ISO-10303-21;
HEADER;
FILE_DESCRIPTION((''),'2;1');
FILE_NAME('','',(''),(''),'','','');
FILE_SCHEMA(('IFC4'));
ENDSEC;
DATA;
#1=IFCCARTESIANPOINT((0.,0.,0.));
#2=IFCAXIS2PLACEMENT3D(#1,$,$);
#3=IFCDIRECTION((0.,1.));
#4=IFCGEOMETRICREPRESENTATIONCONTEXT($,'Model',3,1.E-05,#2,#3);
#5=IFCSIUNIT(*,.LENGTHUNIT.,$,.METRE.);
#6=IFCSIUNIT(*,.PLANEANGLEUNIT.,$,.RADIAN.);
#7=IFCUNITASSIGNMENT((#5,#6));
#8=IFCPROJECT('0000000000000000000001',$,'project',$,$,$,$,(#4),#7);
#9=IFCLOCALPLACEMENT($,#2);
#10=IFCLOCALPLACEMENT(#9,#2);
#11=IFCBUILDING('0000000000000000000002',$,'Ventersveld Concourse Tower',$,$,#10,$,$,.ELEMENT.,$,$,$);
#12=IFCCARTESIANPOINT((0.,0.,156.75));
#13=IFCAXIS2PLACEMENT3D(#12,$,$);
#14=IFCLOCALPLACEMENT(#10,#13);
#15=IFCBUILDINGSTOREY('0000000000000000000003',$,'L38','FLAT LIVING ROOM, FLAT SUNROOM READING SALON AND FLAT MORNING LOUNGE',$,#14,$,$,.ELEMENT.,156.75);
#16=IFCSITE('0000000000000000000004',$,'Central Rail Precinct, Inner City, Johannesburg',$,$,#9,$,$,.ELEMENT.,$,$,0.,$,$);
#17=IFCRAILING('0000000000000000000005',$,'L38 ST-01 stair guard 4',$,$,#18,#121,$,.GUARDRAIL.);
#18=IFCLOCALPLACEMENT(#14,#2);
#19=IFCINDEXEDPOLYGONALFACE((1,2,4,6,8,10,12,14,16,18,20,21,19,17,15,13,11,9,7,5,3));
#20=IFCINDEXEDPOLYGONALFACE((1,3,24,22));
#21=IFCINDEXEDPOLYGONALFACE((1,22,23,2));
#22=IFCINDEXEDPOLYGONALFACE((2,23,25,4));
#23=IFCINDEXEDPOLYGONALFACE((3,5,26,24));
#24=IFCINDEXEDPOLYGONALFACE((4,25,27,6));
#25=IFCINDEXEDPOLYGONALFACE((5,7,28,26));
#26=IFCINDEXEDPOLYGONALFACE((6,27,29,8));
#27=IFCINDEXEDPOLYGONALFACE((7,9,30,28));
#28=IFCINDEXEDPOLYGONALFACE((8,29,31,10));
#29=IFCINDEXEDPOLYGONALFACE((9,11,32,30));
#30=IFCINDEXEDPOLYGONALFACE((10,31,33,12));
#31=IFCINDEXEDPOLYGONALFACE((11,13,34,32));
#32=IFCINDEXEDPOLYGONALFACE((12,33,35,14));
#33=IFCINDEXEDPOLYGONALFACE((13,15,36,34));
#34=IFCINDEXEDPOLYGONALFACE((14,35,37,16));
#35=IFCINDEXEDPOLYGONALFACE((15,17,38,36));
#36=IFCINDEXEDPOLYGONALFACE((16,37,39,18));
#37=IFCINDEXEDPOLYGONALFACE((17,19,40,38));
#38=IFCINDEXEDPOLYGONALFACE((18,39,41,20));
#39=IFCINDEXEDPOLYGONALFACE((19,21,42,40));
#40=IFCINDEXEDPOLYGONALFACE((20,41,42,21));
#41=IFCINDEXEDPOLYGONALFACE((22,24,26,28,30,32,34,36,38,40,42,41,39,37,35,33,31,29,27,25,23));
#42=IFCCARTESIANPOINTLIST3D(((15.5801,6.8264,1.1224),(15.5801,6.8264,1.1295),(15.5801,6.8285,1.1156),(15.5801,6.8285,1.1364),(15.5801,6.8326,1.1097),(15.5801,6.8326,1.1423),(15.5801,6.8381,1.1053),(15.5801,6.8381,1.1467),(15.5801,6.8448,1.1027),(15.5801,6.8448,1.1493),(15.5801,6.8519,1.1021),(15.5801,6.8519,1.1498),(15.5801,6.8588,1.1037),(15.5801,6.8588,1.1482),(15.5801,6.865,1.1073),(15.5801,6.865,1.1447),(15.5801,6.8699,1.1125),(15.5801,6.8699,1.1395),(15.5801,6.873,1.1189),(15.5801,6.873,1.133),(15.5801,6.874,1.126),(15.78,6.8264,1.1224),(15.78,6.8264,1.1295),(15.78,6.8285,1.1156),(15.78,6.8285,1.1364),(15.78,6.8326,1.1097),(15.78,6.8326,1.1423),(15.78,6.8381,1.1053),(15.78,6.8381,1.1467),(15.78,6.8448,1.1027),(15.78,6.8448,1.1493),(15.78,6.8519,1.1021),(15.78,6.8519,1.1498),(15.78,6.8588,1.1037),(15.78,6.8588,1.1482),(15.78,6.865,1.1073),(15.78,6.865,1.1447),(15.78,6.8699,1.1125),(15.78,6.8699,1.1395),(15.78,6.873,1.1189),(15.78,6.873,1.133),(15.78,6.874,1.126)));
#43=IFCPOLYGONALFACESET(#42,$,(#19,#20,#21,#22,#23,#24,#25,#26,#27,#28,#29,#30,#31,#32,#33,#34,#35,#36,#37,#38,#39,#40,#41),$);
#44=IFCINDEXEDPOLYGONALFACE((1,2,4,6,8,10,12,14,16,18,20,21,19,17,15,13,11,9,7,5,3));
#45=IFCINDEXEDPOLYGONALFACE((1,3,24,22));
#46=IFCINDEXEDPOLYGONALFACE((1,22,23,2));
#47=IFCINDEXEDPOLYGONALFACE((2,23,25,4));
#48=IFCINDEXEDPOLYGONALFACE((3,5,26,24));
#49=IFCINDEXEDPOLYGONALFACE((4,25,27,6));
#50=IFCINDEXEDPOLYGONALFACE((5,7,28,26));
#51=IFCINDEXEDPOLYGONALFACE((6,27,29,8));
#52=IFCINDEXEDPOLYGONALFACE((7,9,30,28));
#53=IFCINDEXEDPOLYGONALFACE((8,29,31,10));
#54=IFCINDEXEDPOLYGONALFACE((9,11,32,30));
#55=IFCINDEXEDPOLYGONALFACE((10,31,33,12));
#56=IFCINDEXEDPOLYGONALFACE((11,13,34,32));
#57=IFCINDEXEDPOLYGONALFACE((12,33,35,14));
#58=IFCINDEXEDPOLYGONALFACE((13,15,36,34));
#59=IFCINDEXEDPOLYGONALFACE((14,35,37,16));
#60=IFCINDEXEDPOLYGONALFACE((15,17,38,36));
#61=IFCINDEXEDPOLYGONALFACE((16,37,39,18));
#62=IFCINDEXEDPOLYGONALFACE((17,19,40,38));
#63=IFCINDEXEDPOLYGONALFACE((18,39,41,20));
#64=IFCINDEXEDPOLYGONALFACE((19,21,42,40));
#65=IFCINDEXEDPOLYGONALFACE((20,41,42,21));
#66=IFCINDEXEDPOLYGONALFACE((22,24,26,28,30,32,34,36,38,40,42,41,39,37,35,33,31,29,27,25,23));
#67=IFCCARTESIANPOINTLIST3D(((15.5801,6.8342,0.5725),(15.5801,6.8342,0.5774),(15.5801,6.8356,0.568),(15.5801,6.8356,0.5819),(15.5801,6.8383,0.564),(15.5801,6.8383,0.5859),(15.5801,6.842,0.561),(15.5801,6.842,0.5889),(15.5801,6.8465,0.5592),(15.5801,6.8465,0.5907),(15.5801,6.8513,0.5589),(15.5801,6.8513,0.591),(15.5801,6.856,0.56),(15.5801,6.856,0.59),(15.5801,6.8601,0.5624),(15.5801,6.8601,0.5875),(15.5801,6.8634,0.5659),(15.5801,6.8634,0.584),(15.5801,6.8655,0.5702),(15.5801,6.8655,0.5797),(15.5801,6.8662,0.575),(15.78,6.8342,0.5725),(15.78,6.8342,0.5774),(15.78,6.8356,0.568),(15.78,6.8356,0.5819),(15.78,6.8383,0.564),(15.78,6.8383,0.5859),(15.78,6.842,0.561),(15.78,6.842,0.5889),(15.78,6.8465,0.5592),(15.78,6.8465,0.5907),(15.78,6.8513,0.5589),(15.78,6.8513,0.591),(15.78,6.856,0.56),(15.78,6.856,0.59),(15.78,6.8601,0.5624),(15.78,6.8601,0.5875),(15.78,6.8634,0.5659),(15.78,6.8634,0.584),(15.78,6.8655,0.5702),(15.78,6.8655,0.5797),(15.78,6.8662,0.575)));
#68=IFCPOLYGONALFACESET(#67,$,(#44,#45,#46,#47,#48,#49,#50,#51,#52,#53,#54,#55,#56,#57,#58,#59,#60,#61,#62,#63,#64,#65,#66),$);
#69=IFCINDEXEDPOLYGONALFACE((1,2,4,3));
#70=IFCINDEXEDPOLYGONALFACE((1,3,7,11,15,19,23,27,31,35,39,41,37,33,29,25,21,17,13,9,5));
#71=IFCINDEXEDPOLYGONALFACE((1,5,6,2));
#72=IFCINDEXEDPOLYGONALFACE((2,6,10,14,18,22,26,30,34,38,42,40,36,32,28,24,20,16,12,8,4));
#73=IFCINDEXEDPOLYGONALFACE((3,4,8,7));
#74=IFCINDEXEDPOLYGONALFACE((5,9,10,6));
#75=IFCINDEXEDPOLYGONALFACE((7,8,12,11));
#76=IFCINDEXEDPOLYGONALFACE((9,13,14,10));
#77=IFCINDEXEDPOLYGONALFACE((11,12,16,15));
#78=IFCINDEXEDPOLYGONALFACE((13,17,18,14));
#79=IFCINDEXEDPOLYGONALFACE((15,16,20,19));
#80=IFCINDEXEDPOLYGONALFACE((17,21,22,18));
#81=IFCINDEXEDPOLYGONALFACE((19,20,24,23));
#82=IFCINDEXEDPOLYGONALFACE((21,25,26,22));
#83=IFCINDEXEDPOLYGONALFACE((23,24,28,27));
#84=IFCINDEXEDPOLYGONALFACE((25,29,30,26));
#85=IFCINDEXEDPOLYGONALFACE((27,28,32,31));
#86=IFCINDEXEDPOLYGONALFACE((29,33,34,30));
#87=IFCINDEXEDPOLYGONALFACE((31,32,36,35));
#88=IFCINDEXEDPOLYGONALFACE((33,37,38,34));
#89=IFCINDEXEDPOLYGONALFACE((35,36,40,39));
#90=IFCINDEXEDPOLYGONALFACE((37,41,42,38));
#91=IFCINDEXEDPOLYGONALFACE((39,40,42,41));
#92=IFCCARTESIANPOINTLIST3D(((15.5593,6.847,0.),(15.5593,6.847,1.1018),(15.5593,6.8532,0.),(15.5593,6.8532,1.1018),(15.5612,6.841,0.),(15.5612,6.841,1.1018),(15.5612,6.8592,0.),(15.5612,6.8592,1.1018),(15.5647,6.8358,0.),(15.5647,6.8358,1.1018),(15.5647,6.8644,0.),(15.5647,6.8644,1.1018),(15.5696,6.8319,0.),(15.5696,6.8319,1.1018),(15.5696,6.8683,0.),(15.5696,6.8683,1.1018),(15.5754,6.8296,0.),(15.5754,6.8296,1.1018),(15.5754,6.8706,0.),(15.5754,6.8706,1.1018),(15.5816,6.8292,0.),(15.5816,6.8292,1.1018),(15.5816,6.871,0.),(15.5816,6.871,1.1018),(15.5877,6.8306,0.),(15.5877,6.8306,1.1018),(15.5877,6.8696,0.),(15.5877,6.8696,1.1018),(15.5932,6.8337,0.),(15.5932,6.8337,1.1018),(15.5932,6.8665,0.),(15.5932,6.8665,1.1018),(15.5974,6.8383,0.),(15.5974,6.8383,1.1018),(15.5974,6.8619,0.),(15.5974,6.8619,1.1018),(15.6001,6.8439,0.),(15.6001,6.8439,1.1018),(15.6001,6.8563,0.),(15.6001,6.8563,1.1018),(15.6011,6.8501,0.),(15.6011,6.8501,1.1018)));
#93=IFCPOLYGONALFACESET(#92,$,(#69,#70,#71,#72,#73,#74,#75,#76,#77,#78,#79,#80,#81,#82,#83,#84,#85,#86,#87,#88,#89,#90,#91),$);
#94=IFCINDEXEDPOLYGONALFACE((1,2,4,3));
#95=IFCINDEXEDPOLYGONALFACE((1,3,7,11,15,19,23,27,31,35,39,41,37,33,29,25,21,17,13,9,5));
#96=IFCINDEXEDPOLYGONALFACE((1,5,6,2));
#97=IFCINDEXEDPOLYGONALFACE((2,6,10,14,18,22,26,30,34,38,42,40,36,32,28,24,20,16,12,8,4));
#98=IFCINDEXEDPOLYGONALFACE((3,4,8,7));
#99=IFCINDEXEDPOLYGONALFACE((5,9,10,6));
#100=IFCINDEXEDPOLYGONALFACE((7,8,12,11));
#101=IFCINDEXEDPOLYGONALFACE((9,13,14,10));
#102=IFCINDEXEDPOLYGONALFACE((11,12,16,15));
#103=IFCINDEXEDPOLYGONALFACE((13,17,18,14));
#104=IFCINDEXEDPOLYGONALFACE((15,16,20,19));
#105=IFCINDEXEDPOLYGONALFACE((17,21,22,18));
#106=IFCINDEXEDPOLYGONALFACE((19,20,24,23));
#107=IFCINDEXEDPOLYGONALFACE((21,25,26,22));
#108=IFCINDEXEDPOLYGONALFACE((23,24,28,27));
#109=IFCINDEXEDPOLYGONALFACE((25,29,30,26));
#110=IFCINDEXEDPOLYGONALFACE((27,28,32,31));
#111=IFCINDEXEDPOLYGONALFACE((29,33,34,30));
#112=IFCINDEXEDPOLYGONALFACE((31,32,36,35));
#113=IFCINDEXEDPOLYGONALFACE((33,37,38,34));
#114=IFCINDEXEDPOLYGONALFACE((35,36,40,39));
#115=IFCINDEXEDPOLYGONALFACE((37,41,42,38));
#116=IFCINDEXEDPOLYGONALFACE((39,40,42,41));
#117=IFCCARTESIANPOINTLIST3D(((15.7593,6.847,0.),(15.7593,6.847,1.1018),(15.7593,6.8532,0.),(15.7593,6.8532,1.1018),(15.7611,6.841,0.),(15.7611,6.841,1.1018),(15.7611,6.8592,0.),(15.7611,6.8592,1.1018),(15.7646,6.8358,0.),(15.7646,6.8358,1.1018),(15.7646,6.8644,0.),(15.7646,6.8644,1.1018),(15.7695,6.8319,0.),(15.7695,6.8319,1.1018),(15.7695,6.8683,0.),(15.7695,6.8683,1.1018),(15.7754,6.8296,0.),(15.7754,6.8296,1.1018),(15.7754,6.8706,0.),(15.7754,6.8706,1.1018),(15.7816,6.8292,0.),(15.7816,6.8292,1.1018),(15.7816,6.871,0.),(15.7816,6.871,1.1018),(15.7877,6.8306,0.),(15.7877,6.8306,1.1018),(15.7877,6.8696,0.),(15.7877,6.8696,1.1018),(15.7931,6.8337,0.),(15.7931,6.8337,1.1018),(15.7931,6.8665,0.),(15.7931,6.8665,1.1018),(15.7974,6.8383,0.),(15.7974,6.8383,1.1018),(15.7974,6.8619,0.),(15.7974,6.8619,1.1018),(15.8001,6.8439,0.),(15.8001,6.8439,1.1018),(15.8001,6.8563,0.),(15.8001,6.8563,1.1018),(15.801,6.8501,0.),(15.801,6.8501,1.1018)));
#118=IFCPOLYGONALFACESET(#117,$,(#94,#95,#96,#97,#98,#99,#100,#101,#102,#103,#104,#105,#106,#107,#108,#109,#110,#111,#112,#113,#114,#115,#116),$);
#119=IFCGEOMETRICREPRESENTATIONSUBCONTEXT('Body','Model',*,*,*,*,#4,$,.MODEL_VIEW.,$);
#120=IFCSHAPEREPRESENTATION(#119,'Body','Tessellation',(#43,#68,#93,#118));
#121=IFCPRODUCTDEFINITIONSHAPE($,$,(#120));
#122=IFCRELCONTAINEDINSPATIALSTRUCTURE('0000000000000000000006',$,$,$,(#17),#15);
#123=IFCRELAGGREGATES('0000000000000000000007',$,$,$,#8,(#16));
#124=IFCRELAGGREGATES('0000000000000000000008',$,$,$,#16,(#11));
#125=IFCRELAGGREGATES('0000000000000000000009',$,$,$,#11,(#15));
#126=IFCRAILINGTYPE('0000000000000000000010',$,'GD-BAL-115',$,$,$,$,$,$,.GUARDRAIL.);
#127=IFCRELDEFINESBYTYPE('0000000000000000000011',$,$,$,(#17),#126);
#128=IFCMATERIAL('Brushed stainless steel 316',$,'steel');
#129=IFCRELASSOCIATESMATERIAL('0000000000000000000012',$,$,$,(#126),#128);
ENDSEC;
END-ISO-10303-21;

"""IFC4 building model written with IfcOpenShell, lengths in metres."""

from ifc_helpers import new_model, si_unit, direction, frame, origin, origin_2d, place, context, subcontext, project, spatial, circle, extrude, material, type_object, element, save


model = new_model("IFC4")

# Units and contexts
model_context = context("Model", 3, precision=1e-05, world=origin(), true_north=direction((0.0, 1.0)))
body_context = subcontext(model_context, "Body", "Model", "MODEL_VIEW")
ifc_project = project(units=[si_unit("LENGTHUNIT", "METRE"), si_unit("PLANEANGLEUNIT", "RADIAN")], contexts=[model_context])

# Site, building, storey
site_placement = place(None, origin())
site = spatial("IfcSite", under=ifc_project, at=site_placement, Name="Central Rail Precinct, Inner City, Johannesburg", CompositionType="ELEMENT", RefElevation=0.0)
building_placement = place(site_placement, origin())
building = spatial("IfcBuilding", under=site, at=building_placement, Name="Ventersveld Concourse Tower", CompositionType="ELEMENT")
storey_placement = place(building_placement, frame((0.0, 0.0, 156.75)))
storey = spatial("IfcBuildingStorey", under=building, at=storey_placement, Name="L38", Description="FLAT LIVING ROOM, FLAT SUNROOM READING SALON AND FLAT MORNING LOUNGE", CompositionType="ELEMENT", Elevation=156.75)

# Shared definitions
ifc_material_1 = material(Name="Brushed stainless steel 316", Category="steel")

# Railing
railing_type_1 = type_object("IfcRailingType", Name="GD-BAL-115", PredefinedType="GUARDRAIL", material=ifc_material_1)
railing_1_placement = place(storey_placement, frame((15.5801, 6.8501, 0.0)))
element("IfcRailing", 1, at=railing_1_placement, inside=storey, type_object=railing_type_1, Name="L38 ST-01 stair guard 4", PredefinedType="GUARDRAIL", context=body_context, shape_type="SweptSolid", body=[
    extrude(circle(Radius=0.0239, at=origin_2d()), frame((0.0, 0.0, 1.126), z_axis=(1.0, 0.0, 0.0), x_axis=(0.0, 1.0, 0.0)), (0.0, 0.0, 1.0), 0.2),
    extrude(circle(Radius=0.0161, at=origin_2d()), frame((0.0, 0.0, 0.575), z_axis=(1.0, 0.0, 0.0), x_axis=(0.0, 1.0, 0.0)), (0.0, 0.0, 1.0), 0.2),
    extrude(circle(Radius=0.021, at=origin_2d()), origin(), (0.0, 0.0, 1.0), 1.1018),
    extrude(circle(Radius=0.021, at=origin_2d()), frame((0.2, 0.0, 0.0)), (0.0, 0.0, 1.0), 1.1018),
])

save(model, "model.ifc")
